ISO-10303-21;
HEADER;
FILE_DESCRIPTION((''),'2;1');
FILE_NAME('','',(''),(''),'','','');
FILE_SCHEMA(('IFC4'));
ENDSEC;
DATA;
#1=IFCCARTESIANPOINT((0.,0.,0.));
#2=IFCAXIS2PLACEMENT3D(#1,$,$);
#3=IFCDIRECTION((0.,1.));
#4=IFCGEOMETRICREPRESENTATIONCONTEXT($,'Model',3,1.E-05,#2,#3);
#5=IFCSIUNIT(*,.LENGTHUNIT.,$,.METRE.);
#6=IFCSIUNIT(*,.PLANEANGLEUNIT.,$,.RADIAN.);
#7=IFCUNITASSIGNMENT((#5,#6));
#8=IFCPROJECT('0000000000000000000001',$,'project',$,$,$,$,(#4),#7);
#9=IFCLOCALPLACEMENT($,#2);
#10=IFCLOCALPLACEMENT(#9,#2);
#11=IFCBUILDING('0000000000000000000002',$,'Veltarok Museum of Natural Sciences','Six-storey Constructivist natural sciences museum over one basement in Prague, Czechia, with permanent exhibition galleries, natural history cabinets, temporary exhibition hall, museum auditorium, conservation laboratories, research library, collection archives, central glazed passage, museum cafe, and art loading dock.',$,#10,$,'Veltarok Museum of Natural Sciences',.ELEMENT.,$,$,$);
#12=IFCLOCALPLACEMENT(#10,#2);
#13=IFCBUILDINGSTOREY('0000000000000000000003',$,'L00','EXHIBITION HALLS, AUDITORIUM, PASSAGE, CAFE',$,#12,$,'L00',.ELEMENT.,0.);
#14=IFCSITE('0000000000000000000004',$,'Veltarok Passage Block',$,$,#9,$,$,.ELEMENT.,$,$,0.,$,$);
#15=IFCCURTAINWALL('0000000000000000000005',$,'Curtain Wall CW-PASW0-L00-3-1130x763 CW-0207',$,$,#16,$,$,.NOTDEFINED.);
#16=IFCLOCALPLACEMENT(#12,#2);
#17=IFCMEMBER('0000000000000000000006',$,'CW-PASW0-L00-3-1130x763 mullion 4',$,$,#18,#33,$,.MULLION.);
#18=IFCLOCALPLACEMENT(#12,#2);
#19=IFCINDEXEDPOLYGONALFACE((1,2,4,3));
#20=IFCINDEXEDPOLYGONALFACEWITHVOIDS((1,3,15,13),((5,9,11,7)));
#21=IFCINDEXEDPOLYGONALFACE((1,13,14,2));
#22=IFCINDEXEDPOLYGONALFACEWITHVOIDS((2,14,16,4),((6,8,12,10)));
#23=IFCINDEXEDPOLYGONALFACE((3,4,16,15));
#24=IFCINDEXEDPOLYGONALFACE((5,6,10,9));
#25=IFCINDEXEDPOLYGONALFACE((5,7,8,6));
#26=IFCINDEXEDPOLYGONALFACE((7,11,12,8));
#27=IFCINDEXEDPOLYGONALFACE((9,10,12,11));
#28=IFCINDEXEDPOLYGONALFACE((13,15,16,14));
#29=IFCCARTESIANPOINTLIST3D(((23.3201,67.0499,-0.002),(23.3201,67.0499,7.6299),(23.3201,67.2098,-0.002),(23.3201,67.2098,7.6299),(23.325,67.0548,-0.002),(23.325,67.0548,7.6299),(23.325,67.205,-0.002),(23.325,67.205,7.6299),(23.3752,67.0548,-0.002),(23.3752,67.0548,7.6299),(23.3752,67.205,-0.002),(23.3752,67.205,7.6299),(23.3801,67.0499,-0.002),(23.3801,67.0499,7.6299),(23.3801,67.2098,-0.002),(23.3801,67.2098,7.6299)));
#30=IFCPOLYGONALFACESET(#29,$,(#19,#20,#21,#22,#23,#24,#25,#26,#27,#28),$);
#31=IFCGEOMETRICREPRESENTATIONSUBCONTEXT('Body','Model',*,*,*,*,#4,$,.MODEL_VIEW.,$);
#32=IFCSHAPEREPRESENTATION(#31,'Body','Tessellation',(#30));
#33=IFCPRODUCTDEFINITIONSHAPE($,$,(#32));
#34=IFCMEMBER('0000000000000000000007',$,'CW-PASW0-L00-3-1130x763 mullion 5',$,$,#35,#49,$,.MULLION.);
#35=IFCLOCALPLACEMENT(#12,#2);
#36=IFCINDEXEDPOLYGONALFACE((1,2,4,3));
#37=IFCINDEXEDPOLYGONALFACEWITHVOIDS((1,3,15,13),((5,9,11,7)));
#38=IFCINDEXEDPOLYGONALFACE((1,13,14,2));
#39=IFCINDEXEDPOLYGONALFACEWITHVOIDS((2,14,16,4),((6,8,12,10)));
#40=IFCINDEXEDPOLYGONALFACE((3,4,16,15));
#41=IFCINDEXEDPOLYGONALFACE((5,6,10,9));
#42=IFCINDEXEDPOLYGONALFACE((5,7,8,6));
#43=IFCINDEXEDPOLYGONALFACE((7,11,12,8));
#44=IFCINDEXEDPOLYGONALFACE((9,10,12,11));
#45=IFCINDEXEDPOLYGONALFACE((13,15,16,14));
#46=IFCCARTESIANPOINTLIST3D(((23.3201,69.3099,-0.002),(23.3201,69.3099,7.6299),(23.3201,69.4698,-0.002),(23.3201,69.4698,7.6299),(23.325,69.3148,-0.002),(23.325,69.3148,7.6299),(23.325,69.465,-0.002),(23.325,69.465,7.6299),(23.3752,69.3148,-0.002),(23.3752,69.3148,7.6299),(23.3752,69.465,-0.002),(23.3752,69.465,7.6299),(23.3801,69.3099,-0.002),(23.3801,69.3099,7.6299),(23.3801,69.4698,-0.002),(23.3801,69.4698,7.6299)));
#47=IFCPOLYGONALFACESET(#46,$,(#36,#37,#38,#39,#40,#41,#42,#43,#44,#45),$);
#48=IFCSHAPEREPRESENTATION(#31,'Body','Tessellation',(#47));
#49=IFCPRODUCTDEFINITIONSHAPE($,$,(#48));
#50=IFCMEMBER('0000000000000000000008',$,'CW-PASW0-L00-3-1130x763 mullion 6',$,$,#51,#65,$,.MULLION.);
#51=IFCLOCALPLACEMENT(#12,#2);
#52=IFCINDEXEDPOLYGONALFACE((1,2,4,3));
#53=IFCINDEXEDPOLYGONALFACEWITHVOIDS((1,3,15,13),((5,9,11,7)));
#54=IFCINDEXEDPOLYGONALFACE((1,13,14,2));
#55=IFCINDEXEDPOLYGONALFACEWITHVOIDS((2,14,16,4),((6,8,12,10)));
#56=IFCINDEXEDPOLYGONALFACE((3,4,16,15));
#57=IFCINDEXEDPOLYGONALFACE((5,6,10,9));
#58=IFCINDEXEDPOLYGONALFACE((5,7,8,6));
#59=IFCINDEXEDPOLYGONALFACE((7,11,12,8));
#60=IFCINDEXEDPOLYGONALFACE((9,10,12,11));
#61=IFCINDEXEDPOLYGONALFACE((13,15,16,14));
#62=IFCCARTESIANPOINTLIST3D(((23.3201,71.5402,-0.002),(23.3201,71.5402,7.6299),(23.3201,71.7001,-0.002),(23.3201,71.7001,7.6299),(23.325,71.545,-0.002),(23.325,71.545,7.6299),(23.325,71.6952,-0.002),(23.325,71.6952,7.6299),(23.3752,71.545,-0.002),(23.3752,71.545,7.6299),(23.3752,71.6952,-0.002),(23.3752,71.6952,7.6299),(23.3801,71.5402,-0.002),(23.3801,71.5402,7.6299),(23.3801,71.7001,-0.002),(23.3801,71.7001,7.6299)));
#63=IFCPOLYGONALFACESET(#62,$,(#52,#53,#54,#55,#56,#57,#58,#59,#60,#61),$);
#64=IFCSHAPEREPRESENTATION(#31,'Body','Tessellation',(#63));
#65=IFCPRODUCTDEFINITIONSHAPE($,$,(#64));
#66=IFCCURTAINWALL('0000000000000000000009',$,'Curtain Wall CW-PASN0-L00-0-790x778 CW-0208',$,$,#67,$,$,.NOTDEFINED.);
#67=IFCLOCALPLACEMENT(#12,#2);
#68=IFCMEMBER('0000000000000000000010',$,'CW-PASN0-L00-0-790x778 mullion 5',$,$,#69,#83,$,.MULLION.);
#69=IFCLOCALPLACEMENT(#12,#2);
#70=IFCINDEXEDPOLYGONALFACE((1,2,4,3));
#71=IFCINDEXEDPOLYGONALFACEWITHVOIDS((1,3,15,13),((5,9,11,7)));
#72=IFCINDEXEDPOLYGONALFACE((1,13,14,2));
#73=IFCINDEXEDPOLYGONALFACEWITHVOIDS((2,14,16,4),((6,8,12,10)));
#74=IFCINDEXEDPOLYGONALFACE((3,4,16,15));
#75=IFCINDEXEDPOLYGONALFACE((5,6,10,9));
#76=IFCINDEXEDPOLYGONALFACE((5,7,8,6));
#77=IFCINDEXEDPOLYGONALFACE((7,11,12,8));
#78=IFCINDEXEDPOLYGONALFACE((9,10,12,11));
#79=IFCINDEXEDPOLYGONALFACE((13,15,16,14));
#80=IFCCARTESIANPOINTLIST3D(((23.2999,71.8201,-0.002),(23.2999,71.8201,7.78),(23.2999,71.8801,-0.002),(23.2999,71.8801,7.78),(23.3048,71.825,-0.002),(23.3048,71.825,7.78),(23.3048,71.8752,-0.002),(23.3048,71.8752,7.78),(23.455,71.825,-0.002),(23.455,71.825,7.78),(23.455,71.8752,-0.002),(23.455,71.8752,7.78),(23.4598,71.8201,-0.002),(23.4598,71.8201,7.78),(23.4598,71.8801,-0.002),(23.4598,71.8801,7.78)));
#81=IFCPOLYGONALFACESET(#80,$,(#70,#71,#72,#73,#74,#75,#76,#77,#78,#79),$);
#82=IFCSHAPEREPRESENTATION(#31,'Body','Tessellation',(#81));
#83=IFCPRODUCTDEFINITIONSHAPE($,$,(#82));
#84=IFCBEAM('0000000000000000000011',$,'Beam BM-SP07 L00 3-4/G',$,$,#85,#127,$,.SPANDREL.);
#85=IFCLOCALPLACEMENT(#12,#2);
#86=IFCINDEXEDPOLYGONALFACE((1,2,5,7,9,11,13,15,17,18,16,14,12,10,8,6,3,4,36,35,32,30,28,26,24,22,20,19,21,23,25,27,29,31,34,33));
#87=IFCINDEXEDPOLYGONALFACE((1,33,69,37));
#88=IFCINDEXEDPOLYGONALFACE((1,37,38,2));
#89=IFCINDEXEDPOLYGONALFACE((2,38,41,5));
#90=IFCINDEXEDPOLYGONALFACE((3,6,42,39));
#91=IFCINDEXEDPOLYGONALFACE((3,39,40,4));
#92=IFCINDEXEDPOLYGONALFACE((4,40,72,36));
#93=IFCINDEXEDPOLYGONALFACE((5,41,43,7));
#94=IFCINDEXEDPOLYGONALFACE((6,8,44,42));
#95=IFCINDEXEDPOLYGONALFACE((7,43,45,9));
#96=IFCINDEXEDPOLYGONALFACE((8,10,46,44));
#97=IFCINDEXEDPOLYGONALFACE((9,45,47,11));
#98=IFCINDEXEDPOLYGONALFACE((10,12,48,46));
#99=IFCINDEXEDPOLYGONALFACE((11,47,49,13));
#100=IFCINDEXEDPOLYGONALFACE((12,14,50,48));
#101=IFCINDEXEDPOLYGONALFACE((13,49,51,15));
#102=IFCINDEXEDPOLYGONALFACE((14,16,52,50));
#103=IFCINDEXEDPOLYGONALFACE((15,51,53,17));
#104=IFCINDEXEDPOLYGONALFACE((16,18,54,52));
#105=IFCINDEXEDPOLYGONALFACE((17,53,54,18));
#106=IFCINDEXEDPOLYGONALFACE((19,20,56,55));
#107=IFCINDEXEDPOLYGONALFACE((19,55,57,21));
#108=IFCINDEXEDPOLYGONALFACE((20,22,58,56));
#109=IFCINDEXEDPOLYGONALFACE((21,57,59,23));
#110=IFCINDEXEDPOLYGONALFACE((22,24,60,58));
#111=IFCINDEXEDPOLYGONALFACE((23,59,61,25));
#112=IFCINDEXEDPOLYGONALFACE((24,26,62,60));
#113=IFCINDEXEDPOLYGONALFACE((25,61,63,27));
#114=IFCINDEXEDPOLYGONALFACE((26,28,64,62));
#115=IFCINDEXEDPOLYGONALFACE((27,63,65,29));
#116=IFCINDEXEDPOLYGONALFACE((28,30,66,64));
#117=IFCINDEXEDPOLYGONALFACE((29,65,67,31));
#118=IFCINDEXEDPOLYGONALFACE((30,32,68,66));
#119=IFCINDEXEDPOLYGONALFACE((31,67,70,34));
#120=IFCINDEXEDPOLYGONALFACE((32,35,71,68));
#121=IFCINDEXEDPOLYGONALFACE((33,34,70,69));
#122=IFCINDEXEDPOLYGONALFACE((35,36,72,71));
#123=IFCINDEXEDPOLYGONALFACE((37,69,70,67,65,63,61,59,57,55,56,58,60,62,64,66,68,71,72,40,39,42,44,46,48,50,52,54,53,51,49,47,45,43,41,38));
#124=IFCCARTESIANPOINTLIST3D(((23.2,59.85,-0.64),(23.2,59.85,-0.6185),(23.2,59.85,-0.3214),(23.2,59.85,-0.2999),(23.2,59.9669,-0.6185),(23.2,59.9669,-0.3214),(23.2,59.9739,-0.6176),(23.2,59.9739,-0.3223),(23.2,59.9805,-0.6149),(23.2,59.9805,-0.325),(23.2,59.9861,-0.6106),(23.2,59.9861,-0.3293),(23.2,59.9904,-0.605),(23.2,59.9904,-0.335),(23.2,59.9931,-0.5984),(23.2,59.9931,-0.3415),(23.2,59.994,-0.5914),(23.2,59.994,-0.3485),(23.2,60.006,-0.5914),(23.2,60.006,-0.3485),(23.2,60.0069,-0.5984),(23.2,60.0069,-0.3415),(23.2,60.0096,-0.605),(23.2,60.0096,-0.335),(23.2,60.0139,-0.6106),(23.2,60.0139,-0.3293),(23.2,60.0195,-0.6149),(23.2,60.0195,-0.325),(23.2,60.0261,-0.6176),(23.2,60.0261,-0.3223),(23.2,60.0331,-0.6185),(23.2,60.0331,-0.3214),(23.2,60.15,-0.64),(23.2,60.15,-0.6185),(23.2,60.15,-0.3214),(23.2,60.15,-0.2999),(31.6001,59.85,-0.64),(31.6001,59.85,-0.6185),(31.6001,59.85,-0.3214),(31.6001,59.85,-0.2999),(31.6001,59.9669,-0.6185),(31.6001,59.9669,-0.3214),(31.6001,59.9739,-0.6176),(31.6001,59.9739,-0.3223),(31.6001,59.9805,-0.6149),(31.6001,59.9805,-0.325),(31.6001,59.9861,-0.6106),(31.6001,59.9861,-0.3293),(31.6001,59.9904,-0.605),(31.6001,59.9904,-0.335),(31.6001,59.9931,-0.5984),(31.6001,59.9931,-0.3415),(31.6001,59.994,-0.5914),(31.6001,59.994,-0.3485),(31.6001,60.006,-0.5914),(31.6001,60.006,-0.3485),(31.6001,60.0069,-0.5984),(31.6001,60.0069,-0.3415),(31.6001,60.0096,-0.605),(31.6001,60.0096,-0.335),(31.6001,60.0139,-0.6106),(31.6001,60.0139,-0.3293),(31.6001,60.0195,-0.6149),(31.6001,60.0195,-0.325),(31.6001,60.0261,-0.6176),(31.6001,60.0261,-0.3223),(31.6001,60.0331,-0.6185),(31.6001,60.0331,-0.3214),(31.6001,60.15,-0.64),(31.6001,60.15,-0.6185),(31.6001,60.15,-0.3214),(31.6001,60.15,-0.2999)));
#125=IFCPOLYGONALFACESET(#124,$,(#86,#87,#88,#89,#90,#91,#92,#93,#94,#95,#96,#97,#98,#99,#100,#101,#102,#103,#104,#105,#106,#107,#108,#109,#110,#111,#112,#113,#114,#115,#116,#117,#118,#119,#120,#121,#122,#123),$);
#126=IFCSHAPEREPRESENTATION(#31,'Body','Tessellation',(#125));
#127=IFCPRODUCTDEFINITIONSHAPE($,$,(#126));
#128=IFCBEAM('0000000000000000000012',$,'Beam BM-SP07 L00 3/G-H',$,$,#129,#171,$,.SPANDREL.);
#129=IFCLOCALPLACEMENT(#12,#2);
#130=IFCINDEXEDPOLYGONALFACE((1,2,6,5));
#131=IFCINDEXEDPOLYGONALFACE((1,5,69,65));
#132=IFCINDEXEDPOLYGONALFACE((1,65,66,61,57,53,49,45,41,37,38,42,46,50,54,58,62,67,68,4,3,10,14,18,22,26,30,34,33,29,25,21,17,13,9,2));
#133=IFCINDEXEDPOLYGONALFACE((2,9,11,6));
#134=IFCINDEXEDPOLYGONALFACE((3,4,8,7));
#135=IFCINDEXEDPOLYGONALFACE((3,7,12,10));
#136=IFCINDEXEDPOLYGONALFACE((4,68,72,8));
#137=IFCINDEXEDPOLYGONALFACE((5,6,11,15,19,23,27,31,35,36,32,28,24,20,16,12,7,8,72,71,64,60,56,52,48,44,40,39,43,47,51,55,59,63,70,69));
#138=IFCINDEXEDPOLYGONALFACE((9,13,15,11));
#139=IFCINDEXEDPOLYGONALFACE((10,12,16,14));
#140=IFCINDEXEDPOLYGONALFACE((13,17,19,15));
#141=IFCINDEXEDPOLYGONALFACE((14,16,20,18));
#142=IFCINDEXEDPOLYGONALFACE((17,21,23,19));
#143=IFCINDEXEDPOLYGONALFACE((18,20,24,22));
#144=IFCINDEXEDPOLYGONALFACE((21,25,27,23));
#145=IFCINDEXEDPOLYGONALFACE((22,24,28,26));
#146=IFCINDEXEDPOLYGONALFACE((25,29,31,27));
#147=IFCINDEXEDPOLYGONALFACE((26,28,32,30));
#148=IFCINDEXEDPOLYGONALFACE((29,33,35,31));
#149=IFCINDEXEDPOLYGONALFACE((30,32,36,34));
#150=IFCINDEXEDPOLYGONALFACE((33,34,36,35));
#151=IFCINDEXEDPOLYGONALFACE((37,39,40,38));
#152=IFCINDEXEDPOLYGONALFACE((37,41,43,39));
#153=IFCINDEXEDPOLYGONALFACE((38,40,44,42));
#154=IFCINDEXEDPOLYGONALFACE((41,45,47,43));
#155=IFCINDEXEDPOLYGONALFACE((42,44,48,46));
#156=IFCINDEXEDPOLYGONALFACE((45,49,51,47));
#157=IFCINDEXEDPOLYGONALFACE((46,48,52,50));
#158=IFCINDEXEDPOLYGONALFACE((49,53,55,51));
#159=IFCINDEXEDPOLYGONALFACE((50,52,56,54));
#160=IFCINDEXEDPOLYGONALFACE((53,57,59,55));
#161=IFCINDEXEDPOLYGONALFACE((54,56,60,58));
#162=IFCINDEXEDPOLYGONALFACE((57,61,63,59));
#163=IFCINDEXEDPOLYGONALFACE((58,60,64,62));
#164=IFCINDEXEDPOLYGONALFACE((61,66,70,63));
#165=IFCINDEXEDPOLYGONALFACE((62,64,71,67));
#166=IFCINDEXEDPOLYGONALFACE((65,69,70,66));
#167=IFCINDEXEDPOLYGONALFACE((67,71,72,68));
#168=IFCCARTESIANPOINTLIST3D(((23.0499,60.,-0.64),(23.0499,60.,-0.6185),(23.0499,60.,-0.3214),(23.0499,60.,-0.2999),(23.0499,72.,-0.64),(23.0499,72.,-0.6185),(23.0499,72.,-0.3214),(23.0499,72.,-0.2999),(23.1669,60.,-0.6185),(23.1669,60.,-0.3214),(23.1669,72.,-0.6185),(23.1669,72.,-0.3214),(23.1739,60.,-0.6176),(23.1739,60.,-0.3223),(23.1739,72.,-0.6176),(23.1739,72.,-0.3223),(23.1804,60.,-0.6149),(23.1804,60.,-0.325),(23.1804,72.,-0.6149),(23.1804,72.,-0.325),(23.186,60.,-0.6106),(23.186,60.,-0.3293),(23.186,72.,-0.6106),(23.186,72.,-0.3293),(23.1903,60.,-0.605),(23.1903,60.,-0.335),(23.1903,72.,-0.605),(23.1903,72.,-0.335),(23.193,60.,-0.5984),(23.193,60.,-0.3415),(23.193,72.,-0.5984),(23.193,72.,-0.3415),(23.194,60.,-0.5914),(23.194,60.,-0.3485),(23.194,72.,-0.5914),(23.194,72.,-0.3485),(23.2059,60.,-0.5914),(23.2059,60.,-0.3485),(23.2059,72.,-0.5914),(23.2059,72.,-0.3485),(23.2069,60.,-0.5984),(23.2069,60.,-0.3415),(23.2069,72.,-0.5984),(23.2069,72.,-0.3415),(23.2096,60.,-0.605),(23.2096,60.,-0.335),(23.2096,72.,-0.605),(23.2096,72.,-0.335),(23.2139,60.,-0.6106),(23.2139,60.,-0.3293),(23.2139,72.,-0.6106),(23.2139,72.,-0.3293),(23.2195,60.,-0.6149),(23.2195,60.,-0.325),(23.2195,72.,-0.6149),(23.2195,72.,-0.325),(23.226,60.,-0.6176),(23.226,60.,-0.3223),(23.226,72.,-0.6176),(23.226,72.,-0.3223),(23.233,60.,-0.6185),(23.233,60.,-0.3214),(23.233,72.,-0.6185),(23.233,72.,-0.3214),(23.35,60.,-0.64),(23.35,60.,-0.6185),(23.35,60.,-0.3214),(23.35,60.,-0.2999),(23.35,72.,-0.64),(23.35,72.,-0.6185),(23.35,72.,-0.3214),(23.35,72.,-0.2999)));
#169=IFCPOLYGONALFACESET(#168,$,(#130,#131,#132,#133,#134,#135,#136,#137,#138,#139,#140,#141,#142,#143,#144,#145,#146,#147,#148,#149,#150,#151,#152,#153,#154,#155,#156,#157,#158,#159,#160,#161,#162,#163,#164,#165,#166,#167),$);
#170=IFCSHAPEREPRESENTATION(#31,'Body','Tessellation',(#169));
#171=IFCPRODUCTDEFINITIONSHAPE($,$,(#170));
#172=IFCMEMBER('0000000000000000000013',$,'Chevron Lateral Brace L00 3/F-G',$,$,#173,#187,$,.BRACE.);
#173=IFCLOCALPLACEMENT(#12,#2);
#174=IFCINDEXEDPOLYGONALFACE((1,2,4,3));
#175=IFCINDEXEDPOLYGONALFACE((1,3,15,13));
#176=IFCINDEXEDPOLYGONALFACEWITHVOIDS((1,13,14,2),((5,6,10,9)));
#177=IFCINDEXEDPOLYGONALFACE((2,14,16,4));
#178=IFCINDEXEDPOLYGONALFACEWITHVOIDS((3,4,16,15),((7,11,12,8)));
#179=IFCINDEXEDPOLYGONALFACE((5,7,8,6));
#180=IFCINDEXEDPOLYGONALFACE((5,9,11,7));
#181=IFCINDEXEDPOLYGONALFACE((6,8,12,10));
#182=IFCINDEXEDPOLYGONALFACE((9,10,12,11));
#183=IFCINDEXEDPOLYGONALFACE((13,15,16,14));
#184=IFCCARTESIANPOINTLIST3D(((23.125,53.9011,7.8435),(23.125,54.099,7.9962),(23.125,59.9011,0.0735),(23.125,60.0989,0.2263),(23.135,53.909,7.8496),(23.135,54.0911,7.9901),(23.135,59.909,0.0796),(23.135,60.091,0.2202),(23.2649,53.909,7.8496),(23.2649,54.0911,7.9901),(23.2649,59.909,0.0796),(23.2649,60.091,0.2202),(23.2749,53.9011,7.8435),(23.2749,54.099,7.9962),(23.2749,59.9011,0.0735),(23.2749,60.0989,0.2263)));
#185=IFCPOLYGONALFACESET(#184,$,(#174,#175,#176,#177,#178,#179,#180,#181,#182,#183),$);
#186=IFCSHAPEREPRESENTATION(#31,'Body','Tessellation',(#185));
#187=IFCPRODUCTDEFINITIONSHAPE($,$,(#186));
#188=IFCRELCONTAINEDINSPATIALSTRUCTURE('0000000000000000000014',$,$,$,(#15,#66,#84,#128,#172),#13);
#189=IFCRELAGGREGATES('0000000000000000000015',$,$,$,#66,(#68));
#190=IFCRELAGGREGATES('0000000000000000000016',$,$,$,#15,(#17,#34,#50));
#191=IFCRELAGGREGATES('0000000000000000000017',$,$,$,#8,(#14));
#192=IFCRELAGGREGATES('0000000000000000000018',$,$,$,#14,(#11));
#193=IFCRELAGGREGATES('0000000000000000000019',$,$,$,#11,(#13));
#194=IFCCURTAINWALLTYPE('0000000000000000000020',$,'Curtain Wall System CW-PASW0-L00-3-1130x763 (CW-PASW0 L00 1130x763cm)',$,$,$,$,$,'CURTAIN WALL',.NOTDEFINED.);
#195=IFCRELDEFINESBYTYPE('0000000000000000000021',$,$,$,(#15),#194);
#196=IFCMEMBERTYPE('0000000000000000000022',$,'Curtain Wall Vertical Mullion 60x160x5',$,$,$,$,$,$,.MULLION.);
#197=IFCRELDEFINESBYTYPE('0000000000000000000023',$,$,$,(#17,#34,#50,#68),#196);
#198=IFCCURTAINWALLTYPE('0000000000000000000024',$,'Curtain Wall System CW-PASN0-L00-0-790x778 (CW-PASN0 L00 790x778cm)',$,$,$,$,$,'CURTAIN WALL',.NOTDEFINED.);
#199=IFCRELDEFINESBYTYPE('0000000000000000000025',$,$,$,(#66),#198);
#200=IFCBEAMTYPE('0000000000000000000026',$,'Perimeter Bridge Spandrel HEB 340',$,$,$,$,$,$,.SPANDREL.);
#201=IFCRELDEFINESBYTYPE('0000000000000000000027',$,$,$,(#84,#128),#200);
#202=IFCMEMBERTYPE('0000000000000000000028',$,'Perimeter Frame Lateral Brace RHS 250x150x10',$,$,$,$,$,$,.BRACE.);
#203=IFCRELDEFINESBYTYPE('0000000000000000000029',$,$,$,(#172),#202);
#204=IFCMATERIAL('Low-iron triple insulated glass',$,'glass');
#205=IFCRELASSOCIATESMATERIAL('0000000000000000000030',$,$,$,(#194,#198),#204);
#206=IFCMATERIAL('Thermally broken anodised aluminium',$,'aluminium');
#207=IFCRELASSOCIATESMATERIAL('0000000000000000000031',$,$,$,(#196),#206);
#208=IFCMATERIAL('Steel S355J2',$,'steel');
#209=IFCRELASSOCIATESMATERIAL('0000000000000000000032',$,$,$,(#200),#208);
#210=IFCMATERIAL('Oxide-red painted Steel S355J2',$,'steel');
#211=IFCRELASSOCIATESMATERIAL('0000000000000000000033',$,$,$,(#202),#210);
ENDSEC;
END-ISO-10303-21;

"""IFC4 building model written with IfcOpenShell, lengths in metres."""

from ifc_helpers import new_model, si_unit, direction, frame, origin, origin_2d, place, context, subcontext, project, spatial, hollow_rectangle, i_section, extrude, material, material_profile, profile_set, type_object, element, aggregate, save


model = new_model("IFC4")

# Units and contexts
model_context = context("Model", 3, precision=1e-05, world=origin(), true_north=direction((0.0, 1.0)))
body_context = subcontext(model_context, "Body", "Model", "MODEL_VIEW")
ifc_project = project(units=[si_unit("LENGTHUNIT", "METRE"), si_unit("PLANEANGLEUNIT", "RADIAN")], contexts=[model_context])

# Site, building, storey
site_placement = place(None, origin())
site = spatial("IfcSite", under=ifc_project, at=site_placement, Name="Veltarok Passage Block", CompositionType="ELEMENT", RefElevation=0.0)
building_placement = place(site_placement, origin())
building = spatial("IfcBuilding", under=site, at=building_placement, Name="Veltarok Museum of Natural Sciences", Description="Six-storey Constructivist natural sciences museum over one basement in Prague, Czechia, with permanent exhibition galleries, natural history cabinets, temporary exhibition hall, museum auditorium, conservation laboratories, research library, collection archives, central glazed passage, museum cafe, and art loading dock.", LongName="Veltarok Museum of Natural Sciences", CompositionType="ELEMENT")
storey_placement = place(building_placement, origin())
storey = spatial("IfcBuildingStorey", under=building, at=storey_placement, Name="L00", Description="EXHIBITION HALLS, AUDITORIUM, PASSAGE, CAFE", LongName="L00", CompositionType="ELEMENT", Elevation=0.0)

# Shared definitions
ifc_material_1 = material(Name="Steel S355J2", Category="steel")

# Curtain wall, members
ifc_material_2 = material(Name="Low-iron triple insulated glass", Category="glass")
curtain_wall_type_1 = type_object("IfcCurtainWallType", Name="Curtain Wall System CW-PASW0-L00-3-1130x763 (CW-PASW0 L00 1130x763cm)", ElementType="CURTAIN WALL", PredefinedType="NOTDEFINED", material=ifc_material_2)
curtain_wall_1_placement = place(storey_placement, origin())
curtain_wall_1 = element("IfcCurtainWall", 1, at=curtain_wall_1_placement, inside=storey, type_object=curtain_wall_type_1, Name="Curtain Wall CW-PASW0-L00-3-1130x763 CW-0207", PredefinedType="NOTDEFINED")
ifc_material_3 = material(Name="Thermally broken anodised aluminium", Category="aluminium")
ifc_material_profile_1 = material_profile(ifc_material_3, hollow_rectangle(XDim=0.0601, YDim=0.1599, WallThickness=0.0049, at=origin_2d()), Name="CW MULLION 60x160x5")
ifc_profile_set_1 = profile_set([ifc_material_profile_1], Name="Thermally broken anodised aluminium")
member_type_1 = type_object("IfcMemberType", Name="Curtain Wall Vertical Mullion 60x160x5", PredefinedType="MULLION", material=ifc_profile_set_1)
member_1_placement = place(storey_placement, frame((23.3501, 67.1299, -0.002), z_axis=(0.0, 0.0, 1.0), x_axis=(-1.0, 0.0, 0.0)))
member_1 = element("IfcMember", 2, at=member_1_placement, type_object=member_type_1, Name="CW-PASW0-L00-3-1130x763 mullion 4", PredefinedType="MULLION", context=body_context, shape_type="SweptSolid", body=[
    extrude(hollow_rectangle(XDim=0.0601, YDim=0.1599, WallThickness=0.0049, at=origin_2d()), origin(), (0.0, 0.0, 1.0), 7.6318),
])
member_2_placement = place(storey_placement, frame((23.3501, 69.3899, -0.002), z_axis=(0.0, 0.0, 1.0), x_axis=(-1.0, 0.0, 0.0)))
member_2 = element("IfcMember", 3, at=member_2_placement, type_object=member_type_1, Name="CW-PASW0-L00-3-1130x763 mullion 5", PredefinedType="MULLION", context=body_context, shape_type="SweptSolid", body=[
    extrude(hollow_rectangle(XDim=0.0601, YDim=0.1599, WallThickness=0.0049, at=origin_2d()), origin(), (0.0, 0.0, 1.0), 7.6318),
])
member_3_placement = place(storey_placement, frame((23.3501, 71.6201, -0.002), z_axis=(0.0, 0.0, 1.0), x_axis=(-1.0, 0.0, 0.0)))
member_3 = element("IfcMember", 4, at=member_3_placement, type_object=member_type_1, Name="CW-PASW0-L00-3-1130x763 mullion 6", PredefinedType="MULLION", context=body_context, shape_type="SweptSolid", body=[
    extrude(hollow_rectangle(XDim=0.0601, YDim=0.1599, WallThickness=0.0049, at=origin_2d()), origin(), (0.0, 0.0, 1.0), 7.6318),
])

# Curtain wall, member
curtain_wall_type_2 = type_object("IfcCurtainWallType", Name="Curtain Wall System CW-PASN0-L00-0-790x778 (CW-PASN0 L00 790x778cm)", ElementType="CURTAIN WALL", PredefinedType="NOTDEFINED", material=ifc_material_2)
curtain_wall_2_placement = place(storey_placement, origin())
curtain_wall_2 = element("IfcCurtainWall", 5, at=curtain_wall_2_placement, inside=storey, type_object=curtain_wall_type_2, Name="Curtain Wall CW-PASN0-L00-0-790x778 CW-0208", PredefinedType="NOTDEFINED")
member_4_placement = place(storey_placement, frame((23.3799, 71.8501, -0.002), z_axis=(0.0, 0.0, 1.0), x_axis=(0.0, -1.0, 0.0)))
member_4 = element("IfcMember", 6, at=member_4_placement, type_object=member_type_1, Name="CW-PASN0-L00-0-790x778 mullion 5", PredefinedType="MULLION", context=body_context, shape_type="SweptSolid", body=[
    extrude(hollow_rectangle(XDim=0.0601, YDim=0.1599, WallThickness=0.0049, at=origin_2d()), origin(), (0.0, 0.0, 1.0), 7.782),
])
aggregate(curtain_wall_2, [member_4])

# Beams
ifc_material_profile_2 = material_profile(ifc_material_1, i_section(OverallWidth=0.3, OverallDepth=0.3401, WebThickness=0.012, FlangeThickness=0.0215, FilletRadius=0.0271, at=origin_2d()), Name="HEB 340")
ifc_profile_set_2 = profile_set([ifc_material_profile_2], Name="Steel S355J2")
beam_type = type_object("IfcBeamType", Name="Perimeter Bridge Spandrel HEB 340", PredefinedType="SPANDREL", material=ifc_profile_set_2)
beam_1_placement = place(storey_placement, frame((23.2, 60.0, -0.47), z_axis=(1.0, 0.0, 0.0), x_axis=(0.0, 1.0, 0.0)))
element("IfcBeam", 7, at=beam_1_placement, inside=storey, type_object=beam_type, Name="Beam BM-SP07 L00 3-4/G", PredefinedType="SPANDREL", context=body_context, shape_type="SweptSolid", body=[
    extrude(i_section(OverallWidth=0.3, OverallDepth=0.3401, WebThickness=0.012, FlangeThickness=0.0215, FilletRadius=0.0271, at=origin_2d()), origin(), (0.0, 0.0, 1.0), 8.4001),
])
beam_2_placement = place(storey_placement, frame((23.2, 60.0, -0.47), z_axis=(0.0, 1.0, 0.0), x_axis=(-1.0, 0.0, 0.0)))
element("IfcBeam", 8, at=beam_2_placement, inside=storey, type_object=beam_type, Name="Beam BM-SP07 L00 3/G-H", PredefinedType="SPANDREL", context=body_context, shape_type="SweptSolid", body=[
    extrude(i_section(OverallWidth=0.3, OverallDepth=0.3401, WebThickness=0.012, FlangeThickness=0.0215, FilletRadius=0.0271, at=origin_2d()), origin(), (0.0, 0.0, 1.0), 12.0),
])

# Member
ifc_material_4 = material(Name="Oxide-red painted Steel S355J2", Category="steel")
ifc_material_profile_3 = material_profile(ifc_material_4, hollow_rectangle(XDim=0.1499, YDim=0.25, WallThickness=0.01, at=origin_2d()), Name="RHS 250x150x10")
ifc_profile_set_3 = profile_set([ifc_material_profile_3], Name="Oxide-red painted Steel S355J2")
member_type_2 = type_object("IfcMemberType", Name="Perimeter Frame Lateral Brace RHS 250x150x10", PredefinedType="BRACE", material=ifc_profile_set_3)
member_5_placement = place(storey_placement, frame((23.2, 60.0, 0.1499), z_axis=(0.0, -0.611186, 0.791487), x_axis=(1.0, 0.0, 0.0)))
element("IfcMember", 9, at=member_5_placement, inside=storey, type_object=member_type_2, Name="Chevron Lateral Brace L00 3/F-G", PredefinedType="BRACE", context=body_context, shape_type="SweptSolid", body=[
    extrude(hollow_rectangle(XDim=0.1499, YDim=0.25, WallThickness=0.01, at=origin_2d()), origin(), (0.0, 0.0, 1.0), 9.8169),
])

aggregate(curtain_wall_1, [member_1, member_2, member_3])

save(model, "model.ifc")
